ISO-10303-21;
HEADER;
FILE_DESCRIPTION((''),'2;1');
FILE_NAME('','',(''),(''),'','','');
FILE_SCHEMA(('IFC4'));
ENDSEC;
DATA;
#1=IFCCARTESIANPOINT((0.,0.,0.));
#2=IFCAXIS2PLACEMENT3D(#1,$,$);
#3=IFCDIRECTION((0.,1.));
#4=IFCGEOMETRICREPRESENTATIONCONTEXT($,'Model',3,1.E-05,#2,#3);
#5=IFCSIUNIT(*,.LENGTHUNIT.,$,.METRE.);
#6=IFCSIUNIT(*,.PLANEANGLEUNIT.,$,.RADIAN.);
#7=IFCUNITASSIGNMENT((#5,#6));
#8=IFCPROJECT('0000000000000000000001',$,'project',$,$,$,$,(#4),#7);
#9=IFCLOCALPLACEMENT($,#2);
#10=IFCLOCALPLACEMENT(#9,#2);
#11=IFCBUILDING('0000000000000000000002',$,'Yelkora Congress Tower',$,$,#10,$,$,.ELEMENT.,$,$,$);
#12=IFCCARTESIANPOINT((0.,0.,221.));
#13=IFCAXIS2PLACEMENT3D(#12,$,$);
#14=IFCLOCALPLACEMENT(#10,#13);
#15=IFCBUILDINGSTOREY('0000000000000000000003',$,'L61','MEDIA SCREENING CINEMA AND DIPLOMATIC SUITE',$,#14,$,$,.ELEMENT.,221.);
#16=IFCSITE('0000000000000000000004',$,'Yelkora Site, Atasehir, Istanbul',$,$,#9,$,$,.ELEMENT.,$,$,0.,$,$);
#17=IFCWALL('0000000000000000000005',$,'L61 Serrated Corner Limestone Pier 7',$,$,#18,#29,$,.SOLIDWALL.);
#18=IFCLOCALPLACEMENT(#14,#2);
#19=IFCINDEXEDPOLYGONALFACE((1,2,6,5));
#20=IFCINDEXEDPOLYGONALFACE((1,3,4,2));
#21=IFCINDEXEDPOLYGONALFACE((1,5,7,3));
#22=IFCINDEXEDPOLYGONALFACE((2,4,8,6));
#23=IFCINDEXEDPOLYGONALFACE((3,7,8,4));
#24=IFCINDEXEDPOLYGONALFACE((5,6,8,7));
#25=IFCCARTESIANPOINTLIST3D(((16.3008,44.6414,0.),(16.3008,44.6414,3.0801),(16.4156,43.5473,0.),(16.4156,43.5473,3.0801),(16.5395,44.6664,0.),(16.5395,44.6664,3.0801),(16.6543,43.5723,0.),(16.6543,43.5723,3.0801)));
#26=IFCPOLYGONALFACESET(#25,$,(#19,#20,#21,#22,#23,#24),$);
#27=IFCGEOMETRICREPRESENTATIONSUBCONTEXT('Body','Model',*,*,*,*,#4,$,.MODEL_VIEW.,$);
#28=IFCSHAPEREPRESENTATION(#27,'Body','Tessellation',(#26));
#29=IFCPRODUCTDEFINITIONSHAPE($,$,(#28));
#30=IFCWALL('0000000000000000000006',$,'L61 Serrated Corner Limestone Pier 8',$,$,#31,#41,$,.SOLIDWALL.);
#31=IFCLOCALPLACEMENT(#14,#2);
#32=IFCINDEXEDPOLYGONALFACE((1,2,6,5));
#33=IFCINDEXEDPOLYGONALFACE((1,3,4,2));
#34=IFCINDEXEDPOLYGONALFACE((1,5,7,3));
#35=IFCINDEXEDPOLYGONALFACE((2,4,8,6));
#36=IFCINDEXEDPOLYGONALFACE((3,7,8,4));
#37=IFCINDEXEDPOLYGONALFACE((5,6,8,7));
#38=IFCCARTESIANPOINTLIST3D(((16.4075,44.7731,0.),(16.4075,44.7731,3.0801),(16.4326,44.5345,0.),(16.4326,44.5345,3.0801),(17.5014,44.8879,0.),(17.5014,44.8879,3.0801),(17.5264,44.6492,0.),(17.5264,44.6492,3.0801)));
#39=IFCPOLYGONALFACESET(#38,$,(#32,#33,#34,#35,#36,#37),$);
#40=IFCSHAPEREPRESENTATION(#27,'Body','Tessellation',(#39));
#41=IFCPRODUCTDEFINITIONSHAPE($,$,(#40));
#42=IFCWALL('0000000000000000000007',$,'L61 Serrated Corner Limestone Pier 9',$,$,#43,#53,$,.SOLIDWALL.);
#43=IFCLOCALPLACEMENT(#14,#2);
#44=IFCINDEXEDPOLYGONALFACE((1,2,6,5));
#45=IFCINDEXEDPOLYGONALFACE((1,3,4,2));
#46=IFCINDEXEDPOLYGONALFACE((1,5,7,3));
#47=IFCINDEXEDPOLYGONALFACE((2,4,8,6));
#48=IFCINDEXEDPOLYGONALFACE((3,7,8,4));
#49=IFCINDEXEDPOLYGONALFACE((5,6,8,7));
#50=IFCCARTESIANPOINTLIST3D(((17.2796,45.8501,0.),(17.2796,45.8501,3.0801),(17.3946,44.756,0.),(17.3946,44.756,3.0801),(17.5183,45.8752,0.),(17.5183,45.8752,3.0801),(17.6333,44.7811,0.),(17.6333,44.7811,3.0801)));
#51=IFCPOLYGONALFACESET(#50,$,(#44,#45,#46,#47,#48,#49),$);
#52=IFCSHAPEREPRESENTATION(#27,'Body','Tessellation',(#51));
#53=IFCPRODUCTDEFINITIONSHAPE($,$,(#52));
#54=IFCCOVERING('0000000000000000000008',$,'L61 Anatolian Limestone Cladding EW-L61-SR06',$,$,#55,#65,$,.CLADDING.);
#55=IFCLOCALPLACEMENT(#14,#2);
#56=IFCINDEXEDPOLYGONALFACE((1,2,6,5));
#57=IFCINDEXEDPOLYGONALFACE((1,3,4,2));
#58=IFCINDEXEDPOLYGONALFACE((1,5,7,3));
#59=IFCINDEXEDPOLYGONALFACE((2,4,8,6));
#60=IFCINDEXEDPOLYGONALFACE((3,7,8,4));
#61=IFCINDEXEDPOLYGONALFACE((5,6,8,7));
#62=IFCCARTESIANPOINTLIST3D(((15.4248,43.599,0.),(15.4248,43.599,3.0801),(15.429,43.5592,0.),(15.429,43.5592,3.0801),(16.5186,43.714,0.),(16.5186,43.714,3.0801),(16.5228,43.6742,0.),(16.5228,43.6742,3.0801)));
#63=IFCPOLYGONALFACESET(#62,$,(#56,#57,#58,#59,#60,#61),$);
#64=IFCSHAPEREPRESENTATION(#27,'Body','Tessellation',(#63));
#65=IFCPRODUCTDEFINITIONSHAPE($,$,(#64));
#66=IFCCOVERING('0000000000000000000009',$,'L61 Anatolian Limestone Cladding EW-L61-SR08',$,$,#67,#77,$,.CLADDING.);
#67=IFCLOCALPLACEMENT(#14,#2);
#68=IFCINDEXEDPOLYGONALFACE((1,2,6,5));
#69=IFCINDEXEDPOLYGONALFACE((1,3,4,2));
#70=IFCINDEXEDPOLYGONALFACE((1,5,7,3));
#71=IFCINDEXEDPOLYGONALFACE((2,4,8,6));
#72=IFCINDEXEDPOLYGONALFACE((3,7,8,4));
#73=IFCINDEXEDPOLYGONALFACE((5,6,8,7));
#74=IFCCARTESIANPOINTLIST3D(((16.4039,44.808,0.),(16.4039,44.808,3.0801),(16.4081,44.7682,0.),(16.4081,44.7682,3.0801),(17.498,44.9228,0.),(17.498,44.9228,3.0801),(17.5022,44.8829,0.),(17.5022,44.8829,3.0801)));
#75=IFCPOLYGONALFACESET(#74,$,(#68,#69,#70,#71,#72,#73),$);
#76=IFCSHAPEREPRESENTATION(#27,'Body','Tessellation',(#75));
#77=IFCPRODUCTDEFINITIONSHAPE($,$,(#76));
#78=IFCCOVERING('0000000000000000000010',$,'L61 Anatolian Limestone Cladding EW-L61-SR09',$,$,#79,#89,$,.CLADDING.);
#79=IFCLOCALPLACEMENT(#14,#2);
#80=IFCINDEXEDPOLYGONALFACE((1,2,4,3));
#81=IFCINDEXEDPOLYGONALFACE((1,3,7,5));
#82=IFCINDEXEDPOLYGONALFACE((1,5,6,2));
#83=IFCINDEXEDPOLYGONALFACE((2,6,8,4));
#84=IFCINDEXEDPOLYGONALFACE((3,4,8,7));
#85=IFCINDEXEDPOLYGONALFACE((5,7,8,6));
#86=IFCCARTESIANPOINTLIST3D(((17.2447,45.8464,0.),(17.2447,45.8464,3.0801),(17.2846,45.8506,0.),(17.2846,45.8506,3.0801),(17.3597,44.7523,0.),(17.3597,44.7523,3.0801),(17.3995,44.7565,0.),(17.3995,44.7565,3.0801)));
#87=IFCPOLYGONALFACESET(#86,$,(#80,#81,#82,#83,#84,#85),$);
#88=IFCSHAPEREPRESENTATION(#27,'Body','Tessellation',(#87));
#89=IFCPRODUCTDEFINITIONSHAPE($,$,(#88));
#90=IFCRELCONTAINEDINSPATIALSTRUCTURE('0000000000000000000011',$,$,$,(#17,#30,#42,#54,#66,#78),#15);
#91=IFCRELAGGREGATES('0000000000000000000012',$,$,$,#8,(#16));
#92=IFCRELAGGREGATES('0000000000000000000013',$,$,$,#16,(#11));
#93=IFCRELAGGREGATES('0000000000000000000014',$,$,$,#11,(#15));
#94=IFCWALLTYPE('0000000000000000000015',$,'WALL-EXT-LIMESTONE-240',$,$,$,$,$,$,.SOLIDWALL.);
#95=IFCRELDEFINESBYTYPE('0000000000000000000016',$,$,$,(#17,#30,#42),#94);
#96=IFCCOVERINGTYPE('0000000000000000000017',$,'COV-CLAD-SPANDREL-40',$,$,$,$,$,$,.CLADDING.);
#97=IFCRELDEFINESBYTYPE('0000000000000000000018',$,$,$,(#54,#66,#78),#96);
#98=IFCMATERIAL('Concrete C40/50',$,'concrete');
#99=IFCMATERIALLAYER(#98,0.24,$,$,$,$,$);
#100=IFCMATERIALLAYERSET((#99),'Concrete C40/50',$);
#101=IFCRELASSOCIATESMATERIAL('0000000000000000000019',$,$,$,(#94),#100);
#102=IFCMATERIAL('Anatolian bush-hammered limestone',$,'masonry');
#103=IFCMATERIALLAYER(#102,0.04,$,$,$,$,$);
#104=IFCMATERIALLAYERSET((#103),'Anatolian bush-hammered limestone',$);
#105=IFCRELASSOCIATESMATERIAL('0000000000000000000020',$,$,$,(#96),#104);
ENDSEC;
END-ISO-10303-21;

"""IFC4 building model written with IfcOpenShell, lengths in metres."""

from ifc_helpers import new_model, si_unit, direction, frame, frame_2d, origin, place, context, subcontext, project, spatial, rectangle, extrude, material, layer, layer_set, type_object, element, save


model = new_model("IFC4")

# Units and contexts
model_context = context("Model", 3, precision=1e-05, world=origin(), true_north=direction((0.0, 1.0)))
body_context = subcontext(model_context, "Body", "Model", "MODEL_VIEW")
ifc_project = project(units=[si_unit("LENGTHUNIT", "METRE"), si_unit("PLANEANGLEUNIT", "RADIAN")], contexts=[model_context])

# Site, building, storey
site_placement = place(None, origin())
site = spatial("IfcSite", under=ifc_project, at=site_placement, Name="Yelkora Site, Atasehir, Istanbul", CompositionType="ELEMENT", RefElevation=0.0)
building_placement = place(site_placement, origin())
building = spatial("IfcBuilding", under=site, at=building_placement, Name="Yelkora Congress Tower", CompositionType="ELEMENT")
storey_placement = place(building_placement, frame((0.0, 0.0, 221.0)))
storey = spatial("IfcBuildingStorey", under=building, at=storey_placement, Name="L61", Description="MEDIA SCREENING CINEMA AND DIPLOMATIC SUITE", CompositionType="ELEMENT", Elevation=221.0)

# Walls
ifc_material_1 = material(Name="Concrete C40/50", Category="concrete")
ifc_layer_1 = layer(ifc_material_1, 0.24)
ifc_layer_set_1 = layer_set([ifc_layer_1], Name="Concrete C40/50")
wall_type_1 = type_object("IfcWallType", Name="WALL-EXT-LIMESTONE-240", PredefinedType="SOLIDWALL", material=ifc_layer_set_1)
wall_1_placement = place(storey_placement, frame((16.5349, 43.5598, 0.0), z_axis=(0.0, 0.0, 1.0), x_axis=(-0.104315, 0.994544, 0.0)))
element("IfcWall", 1, at=wall_1_placement, inside=storey, type_object=wall_type_1, Name="L61 Serrated Corner Limestone Pier 7", PredefinedType="SOLIDWALL", context=body_context, shape_type="SweptSolid", body=[
    extrude(rectangle(XDim=1.1001, YDim=0.24, at=frame_2d((0.55, 0.0))), origin(), (0.0, 0.0, 1.0), 3.0801),
])
wall_2_placement = place(storey_placement, frame((16.4202, 44.6538, 0.0), z_axis=(0.0, 0.0, 1.0), x_axis=(0.994542, 0.104338, 0.0)))
element("IfcWall", 2, at=wall_2_placement, inside=storey, type_object=wall_type_1, Name="L61 Serrated Corner Limestone Pier 8", PredefinedType="SOLIDWALL", context=body_context, shape_type="SweptSolid", body=[
    extrude(rectangle(XDim=1.0999, YDim=0.24, at=frame_2d((0.5498, 0.0))), origin(), (0.0, 0.0, 1.0), 3.0801),
])
wall_3_placement = place(storey_placement, frame((17.5139, 44.7686, 0.0), z_axis=(0.0, 0.0, 1.0), x_axis=(-0.104535, 0.994521, 0.0)))
element("IfcWall", 3, at=wall_3_placement, inside=storey, type_object=wall_type_1, Name="L61 Serrated Corner Limestone Pier 9", PredefinedType="SOLIDWALL", context=body_context, shape_type="SweptSolid", body=[
    extrude(rectangle(XDim=1.1001, YDim=0.24, at=frame_2d((0.55, 0.0))), origin(), (0.0, 0.0, 1.0), 3.0801),
])

# Coverings
ifc_material_2 = material(Name="Anatolian bush-hammered limestone", Category="masonry")
ifc_layer_2 = layer(ifc_material_2, 0.04)
ifc_layer_set_2 = layer_set([ifc_layer_2], Name="Anatolian bush-hammered limestone")
covering_type = type_object("IfcCoveringType", Name="COV-CLAD-SPANDREL-40", PredefinedType="CLADDING", material=ifc_layer_set_2)
covering_placement = place(storey_placement, frame((15.427, 43.5791, 0.0), z_axis=(0.0, 0.0, 1.0), x_axis=(0.994519, 0.104558, 0.0)))
element("IfcCovering", 4, at=covering_placement, inside=storey, type_object=covering_type, Name="L61 Anatolian Limestone Cladding EW-L61-SR06", PredefinedType="CLADDING", context=body_context, shape_type="SweptSolid", body=[
    extrude(rectangle(XDim=1.0999, YDim=0.04, at=frame_2d((0.5498, 0.0))), origin(), (0.0, 0.0, 1.0), 3.0801),
])
for number, where, z_axis, x_axis, name in (
    (5, (16.406, 44.7881, 0.0), (0.0, 0.0, 1.0), (0.994544, 0.104315, 0.0), "L61 Anatolian Limestone Cladding EW-L61-SR08"),
    (6, (17.3796, 44.7544, 0.0), (0.0, 0.0, 1.0), (-0.104535, 0.994521, 0.0), "L61 Anatolian Limestone Cladding EW-L61-SR09"),
):
    element("IfcCovering", number, at=place(storey_placement, frame(where, z_axis=z_axis, x_axis=x_axis)), inside=storey, type_object=covering_type, Name=name, PredefinedType="CLADDING", context=body_context, shape_type="SweptSolid", body=[
        extrude(rectangle(XDim=1.1001, YDim=0.04, at=frame_2d((0.55, 0.0))), origin(), (0.0, 0.0, 1.0), 3.0801),
    ])

save(model, "model.ifc")
